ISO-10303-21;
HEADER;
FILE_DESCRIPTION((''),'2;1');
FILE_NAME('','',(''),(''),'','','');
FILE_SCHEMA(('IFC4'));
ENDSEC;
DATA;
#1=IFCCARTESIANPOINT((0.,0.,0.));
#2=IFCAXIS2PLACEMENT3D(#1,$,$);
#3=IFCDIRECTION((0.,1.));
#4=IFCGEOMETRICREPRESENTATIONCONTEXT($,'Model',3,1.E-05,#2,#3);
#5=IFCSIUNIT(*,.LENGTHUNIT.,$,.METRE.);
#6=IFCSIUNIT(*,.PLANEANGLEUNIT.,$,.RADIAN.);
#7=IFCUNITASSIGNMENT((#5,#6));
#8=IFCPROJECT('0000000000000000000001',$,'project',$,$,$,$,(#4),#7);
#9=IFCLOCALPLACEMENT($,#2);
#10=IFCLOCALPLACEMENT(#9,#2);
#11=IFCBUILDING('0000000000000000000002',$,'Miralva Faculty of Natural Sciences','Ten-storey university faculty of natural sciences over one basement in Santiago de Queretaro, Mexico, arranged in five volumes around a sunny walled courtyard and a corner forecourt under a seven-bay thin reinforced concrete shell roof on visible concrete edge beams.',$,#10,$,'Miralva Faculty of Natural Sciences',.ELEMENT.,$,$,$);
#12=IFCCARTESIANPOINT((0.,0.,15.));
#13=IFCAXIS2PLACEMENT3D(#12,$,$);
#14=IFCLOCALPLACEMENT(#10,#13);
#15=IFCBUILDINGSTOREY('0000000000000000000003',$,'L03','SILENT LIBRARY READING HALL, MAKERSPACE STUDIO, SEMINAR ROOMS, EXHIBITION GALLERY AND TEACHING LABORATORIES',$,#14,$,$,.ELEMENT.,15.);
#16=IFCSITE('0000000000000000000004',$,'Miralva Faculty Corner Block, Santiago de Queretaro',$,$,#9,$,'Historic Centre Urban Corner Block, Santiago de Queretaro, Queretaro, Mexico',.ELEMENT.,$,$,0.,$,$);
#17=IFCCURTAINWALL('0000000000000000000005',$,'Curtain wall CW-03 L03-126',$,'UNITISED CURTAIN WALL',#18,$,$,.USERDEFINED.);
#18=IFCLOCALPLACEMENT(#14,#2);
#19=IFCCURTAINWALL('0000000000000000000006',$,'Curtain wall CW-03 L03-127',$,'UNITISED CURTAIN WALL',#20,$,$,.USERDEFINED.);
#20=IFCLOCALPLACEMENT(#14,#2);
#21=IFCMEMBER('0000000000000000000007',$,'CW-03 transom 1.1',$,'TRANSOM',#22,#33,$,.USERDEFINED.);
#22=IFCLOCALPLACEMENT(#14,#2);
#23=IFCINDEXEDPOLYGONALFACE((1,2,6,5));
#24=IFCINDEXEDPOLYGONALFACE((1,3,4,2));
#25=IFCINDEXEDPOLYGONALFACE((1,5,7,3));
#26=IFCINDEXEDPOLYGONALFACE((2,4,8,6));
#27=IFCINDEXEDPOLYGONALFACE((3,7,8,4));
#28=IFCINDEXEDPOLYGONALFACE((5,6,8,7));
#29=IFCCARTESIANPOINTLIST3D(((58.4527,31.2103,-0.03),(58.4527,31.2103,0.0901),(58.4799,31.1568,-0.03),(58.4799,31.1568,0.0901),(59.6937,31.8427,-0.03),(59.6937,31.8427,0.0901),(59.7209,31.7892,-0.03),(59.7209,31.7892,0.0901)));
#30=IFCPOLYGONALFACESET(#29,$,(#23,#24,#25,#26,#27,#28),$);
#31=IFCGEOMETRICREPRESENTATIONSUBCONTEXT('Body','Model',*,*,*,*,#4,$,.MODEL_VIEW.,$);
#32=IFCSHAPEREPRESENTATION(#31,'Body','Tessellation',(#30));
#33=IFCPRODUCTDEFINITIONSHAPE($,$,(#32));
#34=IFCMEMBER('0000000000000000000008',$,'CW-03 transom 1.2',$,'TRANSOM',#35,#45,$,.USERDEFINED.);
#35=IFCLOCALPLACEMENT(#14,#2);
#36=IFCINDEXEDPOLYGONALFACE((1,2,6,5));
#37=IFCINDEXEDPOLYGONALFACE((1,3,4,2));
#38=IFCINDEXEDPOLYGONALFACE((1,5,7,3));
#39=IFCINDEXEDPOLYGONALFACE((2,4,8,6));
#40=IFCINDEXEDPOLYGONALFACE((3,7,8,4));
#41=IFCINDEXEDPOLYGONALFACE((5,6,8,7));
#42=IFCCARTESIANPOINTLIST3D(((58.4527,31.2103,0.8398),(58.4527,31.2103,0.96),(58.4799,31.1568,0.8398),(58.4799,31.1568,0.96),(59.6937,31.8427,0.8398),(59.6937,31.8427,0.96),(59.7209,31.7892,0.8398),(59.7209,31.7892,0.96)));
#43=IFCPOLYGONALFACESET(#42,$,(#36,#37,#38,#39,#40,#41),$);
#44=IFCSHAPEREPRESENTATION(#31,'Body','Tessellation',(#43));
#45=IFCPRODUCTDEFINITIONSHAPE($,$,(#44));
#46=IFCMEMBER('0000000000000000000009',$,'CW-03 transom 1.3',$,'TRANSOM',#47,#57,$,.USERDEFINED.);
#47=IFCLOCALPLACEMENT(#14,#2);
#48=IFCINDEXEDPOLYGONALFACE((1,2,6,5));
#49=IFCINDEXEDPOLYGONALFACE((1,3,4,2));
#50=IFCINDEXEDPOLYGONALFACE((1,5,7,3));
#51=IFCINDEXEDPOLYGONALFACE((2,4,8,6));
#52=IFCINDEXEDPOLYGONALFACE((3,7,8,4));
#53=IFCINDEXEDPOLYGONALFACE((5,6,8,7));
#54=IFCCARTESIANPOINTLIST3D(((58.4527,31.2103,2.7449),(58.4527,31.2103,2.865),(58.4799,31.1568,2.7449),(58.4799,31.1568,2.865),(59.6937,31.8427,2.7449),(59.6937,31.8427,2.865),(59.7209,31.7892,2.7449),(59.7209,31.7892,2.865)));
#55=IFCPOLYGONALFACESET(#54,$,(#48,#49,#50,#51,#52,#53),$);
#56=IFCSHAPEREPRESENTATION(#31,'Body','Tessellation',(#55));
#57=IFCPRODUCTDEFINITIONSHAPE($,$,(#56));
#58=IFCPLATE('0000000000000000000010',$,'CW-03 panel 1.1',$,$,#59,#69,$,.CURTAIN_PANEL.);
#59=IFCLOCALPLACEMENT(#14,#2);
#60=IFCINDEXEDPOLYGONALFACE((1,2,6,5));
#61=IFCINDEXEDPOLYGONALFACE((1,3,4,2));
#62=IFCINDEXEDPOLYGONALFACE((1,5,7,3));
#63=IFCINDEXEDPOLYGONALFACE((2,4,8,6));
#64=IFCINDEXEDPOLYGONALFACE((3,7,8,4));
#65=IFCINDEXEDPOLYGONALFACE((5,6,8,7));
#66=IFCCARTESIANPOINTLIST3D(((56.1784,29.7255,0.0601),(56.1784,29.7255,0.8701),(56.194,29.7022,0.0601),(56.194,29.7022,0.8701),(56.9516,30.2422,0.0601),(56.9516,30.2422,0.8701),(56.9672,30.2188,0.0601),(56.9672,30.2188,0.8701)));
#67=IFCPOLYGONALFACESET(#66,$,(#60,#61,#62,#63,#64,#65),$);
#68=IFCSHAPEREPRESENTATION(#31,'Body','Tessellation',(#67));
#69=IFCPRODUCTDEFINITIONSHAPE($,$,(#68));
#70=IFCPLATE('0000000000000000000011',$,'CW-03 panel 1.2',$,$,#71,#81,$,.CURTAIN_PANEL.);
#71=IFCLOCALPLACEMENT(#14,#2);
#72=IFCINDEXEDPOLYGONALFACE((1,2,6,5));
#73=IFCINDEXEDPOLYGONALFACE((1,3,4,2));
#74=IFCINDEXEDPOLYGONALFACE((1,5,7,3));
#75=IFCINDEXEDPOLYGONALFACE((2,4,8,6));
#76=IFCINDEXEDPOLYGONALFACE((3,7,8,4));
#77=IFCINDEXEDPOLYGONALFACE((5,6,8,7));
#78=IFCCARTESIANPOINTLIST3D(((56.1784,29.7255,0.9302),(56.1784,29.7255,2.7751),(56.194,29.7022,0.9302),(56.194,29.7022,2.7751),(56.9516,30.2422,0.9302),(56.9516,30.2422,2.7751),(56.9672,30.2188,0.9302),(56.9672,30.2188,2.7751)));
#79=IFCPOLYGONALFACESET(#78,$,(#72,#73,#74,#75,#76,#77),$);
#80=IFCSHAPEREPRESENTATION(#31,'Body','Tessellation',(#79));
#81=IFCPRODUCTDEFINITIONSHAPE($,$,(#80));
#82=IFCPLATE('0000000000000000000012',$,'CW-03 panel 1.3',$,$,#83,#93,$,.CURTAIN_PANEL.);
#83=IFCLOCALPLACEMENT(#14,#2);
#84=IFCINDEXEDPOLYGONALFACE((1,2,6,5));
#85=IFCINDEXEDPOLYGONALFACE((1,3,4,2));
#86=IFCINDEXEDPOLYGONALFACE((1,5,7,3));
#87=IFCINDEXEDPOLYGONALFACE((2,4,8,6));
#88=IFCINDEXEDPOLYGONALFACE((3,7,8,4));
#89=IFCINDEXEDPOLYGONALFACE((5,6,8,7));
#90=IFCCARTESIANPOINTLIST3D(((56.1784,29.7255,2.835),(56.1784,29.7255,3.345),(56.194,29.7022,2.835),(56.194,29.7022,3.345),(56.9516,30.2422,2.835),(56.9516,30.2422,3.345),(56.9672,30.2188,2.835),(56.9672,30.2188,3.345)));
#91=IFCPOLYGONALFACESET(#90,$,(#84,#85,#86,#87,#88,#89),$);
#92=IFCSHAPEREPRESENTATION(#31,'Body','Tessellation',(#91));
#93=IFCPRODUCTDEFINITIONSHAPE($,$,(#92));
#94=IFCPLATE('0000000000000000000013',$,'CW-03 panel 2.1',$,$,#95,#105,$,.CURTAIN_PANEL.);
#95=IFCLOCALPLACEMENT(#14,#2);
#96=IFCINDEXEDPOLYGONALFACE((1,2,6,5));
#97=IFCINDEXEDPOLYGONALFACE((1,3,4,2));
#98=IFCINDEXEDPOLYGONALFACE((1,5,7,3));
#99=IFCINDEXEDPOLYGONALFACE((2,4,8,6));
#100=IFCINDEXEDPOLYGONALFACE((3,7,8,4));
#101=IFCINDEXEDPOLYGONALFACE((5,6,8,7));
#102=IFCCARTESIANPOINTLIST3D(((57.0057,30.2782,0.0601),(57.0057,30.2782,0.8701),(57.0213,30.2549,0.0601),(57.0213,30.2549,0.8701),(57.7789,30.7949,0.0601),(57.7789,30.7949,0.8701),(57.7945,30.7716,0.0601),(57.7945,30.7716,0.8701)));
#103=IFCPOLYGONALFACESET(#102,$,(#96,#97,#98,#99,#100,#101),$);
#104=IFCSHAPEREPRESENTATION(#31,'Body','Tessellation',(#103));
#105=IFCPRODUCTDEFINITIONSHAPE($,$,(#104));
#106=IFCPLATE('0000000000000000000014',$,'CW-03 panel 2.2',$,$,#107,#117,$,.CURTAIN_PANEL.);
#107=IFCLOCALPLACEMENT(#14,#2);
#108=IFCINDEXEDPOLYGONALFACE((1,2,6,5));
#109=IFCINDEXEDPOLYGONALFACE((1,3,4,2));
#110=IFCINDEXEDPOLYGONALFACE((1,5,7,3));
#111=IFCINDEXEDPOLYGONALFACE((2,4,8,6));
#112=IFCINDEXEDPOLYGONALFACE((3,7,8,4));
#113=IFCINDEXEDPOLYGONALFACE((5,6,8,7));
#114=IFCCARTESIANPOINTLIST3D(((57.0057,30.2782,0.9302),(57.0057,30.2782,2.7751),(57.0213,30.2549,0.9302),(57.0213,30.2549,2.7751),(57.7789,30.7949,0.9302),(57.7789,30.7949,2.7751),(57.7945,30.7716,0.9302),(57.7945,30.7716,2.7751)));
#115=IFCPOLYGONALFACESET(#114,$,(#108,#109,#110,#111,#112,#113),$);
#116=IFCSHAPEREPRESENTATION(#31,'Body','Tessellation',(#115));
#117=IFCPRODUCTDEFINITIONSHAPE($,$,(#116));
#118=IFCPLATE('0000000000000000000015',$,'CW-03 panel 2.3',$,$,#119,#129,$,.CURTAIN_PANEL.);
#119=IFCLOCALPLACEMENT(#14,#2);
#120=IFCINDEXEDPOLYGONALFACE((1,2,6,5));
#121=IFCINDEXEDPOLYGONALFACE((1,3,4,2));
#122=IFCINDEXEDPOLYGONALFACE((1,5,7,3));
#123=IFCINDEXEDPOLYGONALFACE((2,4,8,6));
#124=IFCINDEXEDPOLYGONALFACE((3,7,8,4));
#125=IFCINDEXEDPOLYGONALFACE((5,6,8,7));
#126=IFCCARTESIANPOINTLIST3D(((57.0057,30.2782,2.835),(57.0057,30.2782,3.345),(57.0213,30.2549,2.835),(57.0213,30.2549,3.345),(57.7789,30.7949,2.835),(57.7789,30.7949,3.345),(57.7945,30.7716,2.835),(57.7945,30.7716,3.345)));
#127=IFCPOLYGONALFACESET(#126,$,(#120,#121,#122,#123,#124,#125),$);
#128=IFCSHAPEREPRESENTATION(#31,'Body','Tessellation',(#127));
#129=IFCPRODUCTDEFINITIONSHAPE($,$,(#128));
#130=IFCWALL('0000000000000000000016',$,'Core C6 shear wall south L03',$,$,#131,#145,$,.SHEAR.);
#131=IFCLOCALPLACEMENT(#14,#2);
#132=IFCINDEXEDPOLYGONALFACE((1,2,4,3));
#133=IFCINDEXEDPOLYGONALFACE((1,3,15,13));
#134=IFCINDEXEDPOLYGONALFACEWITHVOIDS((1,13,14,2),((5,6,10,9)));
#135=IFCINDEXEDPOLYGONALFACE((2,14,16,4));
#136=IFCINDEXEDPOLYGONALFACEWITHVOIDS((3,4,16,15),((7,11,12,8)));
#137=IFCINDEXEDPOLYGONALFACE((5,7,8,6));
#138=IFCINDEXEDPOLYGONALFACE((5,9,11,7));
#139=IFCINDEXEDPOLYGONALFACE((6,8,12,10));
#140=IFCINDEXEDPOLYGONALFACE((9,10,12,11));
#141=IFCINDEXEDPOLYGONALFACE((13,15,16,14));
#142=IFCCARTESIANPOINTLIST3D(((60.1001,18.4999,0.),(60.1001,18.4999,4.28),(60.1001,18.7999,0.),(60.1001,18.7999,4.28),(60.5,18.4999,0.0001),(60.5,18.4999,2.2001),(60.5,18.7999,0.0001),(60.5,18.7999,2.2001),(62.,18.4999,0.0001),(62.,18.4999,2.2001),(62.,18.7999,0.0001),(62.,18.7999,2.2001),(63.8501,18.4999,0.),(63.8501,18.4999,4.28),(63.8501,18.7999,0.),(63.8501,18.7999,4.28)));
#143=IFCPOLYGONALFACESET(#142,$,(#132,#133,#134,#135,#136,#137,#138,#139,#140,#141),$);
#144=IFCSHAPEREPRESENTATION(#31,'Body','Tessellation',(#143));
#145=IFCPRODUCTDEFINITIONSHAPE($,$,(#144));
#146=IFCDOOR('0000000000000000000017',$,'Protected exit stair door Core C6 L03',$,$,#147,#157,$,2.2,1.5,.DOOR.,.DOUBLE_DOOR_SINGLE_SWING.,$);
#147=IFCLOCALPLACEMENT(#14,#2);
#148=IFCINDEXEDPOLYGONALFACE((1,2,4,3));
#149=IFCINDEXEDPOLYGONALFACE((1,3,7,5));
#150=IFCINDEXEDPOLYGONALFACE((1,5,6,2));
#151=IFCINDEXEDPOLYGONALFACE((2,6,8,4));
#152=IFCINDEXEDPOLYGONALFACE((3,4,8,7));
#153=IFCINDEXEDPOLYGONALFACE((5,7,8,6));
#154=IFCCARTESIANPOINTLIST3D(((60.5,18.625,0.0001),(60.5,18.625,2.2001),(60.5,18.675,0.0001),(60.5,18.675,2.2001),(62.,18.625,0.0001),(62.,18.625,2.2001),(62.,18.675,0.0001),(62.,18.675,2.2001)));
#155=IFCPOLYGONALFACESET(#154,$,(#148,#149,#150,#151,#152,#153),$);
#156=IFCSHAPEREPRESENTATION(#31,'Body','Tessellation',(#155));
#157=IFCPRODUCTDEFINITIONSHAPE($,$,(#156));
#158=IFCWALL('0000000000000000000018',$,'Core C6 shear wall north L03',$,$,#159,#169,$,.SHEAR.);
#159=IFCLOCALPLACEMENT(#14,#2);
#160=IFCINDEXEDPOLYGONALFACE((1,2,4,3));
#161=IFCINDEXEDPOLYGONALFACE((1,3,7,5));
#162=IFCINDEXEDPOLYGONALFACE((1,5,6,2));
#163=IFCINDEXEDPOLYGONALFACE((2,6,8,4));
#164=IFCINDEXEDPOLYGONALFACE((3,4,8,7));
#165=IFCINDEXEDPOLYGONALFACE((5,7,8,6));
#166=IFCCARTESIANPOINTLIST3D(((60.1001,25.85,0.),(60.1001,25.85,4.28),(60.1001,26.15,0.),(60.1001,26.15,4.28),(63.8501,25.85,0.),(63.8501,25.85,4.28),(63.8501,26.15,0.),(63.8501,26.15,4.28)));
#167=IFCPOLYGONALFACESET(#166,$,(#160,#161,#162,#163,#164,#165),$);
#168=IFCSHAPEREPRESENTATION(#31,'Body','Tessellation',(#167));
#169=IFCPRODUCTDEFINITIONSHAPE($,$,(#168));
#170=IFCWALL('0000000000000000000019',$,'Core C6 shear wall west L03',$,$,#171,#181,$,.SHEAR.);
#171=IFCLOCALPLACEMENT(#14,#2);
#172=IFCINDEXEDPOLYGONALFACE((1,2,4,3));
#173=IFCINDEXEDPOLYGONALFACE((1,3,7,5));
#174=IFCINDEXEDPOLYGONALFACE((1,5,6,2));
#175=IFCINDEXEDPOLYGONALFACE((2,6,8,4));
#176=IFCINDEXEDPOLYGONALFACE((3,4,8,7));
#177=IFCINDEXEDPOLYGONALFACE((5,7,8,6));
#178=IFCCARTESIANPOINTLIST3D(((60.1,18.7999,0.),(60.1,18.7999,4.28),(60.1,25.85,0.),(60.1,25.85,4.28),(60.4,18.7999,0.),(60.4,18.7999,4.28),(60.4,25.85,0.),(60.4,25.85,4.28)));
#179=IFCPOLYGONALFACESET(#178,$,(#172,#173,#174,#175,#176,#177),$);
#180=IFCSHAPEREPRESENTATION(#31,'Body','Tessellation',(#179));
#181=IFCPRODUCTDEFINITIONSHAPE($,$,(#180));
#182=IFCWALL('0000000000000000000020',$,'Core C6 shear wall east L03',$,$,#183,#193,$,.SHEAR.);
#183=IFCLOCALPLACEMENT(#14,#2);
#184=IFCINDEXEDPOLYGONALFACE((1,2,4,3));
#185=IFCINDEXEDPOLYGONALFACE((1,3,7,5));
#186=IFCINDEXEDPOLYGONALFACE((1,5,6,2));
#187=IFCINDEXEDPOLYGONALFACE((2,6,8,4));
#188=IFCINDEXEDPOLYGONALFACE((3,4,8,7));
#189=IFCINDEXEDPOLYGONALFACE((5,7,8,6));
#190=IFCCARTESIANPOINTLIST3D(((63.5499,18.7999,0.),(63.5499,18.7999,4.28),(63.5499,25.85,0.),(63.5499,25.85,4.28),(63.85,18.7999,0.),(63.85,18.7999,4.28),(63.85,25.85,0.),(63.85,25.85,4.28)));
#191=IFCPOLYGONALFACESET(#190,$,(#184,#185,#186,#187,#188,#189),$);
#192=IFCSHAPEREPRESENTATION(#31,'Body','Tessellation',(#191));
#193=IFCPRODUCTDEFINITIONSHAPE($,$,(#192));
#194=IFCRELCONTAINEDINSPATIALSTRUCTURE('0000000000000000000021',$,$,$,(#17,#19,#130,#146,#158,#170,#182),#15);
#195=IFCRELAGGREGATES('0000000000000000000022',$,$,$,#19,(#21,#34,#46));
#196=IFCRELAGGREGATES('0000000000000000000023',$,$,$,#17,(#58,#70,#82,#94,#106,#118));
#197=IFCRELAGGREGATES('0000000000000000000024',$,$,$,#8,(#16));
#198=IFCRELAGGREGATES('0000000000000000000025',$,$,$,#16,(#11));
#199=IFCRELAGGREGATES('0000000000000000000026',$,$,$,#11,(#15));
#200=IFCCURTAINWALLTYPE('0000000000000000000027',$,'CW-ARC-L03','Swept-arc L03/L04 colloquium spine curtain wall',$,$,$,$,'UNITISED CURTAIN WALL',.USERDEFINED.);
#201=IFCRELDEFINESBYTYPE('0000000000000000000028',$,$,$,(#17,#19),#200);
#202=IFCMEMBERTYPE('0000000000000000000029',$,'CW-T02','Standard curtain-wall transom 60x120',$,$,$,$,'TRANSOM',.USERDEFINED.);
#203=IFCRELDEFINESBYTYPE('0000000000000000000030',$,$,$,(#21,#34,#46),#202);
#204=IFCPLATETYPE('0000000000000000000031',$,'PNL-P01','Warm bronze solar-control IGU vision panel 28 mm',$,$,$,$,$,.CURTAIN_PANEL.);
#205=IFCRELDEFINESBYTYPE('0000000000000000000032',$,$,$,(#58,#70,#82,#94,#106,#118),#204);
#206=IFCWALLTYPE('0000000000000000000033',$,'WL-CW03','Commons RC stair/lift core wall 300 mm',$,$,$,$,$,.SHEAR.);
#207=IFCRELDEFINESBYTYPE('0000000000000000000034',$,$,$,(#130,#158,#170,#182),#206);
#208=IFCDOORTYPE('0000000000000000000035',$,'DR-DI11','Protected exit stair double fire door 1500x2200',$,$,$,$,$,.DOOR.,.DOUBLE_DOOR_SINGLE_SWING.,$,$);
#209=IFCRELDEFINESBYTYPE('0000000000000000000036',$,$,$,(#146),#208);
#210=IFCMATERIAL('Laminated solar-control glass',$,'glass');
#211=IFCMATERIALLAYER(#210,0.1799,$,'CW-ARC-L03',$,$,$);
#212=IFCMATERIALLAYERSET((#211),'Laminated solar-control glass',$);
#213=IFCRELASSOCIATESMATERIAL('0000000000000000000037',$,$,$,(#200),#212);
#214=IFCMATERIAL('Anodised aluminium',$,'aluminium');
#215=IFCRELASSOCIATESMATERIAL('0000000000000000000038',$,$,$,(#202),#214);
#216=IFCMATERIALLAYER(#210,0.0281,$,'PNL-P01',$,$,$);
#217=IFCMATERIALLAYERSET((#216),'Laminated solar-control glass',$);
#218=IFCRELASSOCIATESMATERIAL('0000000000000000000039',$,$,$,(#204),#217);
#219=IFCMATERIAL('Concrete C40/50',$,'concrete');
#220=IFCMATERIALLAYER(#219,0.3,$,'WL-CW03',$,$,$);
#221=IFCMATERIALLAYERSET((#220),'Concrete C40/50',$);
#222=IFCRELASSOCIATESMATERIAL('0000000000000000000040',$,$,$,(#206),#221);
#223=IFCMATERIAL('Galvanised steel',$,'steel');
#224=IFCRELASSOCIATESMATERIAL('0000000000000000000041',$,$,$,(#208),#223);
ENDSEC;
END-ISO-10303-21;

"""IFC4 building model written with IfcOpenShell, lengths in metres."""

from ifc_helpers import new_model, si_unit, direction, frame, frame_2d, origin, origin_2d, place, context, subcontext, project, spatial, rectangle, extrude, material, layer, layer_set, material_profile, profile_set, type_object, element, fill, aggregate, save


model = new_model("IFC4")

# Units and contexts
model_context = context("Model", 3, precision=1e-05, world=origin(), true_north=direction((0.0, 1.0)))
body_context = subcontext(model_context, "Body", "Model", "MODEL_VIEW")
ifc_project = project(units=[si_unit("LENGTHUNIT", "METRE"), si_unit("PLANEANGLEUNIT", "RADIAN")], contexts=[model_context])

# Site, building, storey
site_placement = place(None, origin())
site = spatial("IfcSite", under=ifc_project, at=site_placement, Name="Miralva Faculty Corner Block, Santiago de Queretaro", LongName="Historic Centre Urban Corner Block, Santiago de Queretaro, Queretaro, Mexico", CompositionType="ELEMENT", RefElevation=0.0)
building_placement = place(site_placement, origin())
building = spatial("IfcBuilding", under=site, at=building_placement, Name="Miralva Faculty of Natural Sciences", Description="Ten-storey university faculty of natural sciences over one basement in Santiago de Queretaro, Mexico, arranged in five volumes around a sunny walled courtyard and a corner forecourt under a seven-bay thin reinforced concrete shell roof on visible concrete edge beams.", LongName="Miralva Faculty of Natural Sciences", CompositionType="ELEMENT")
storey_placement = place(building_placement, frame((0.0, 0.0, 15.0)))
storey = spatial("IfcBuildingStorey", under=building, at=storey_placement, Name="L03", Description="SILENT LIBRARY READING HALL, MAKERSPACE STUDIO, SEMINAR ROOMS, EXHIBITION GALLERY AND TEACHING LABORATORIES", CompositionType="ELEMENT", Elevation=15.0)

# Shared definitions
ifc_material_1 = material(Name="Concrete C40/50", Category="concrete")

# Curtain wall
ifc_material_2 = material(Name="Laminated solar-control glass", Category="glass")
ifc_layer_1 = layer(ifc_material_2, 0.1799, Name="CW-ARC-L03")
ifc_layer_set_1 = layer_set([ifc_layer_1], Name="Laminated solar-control glass")
curtain_wall_type = type_object("IfcCurtainWallType", Name="CW-ARC-L03", Description="Swept-arc L03/L04 colloquium spine curtain wall", ElementType="UNITISED CURTAIN WALL", PredefinedType="USERDEFINED", material=ifc_layer_set_1)
curtain_wall_1_placement = place(storey_placement, origin())
curtain_wall_1 = element("IfcCurtainWall", 1, at=curtain_wall_1_placement, inside=storey, type_object=curtain_wall_type, Name="Curtain wall CW-03 L03-126", ObjectType="UNITISED CURTAIN WALL", PredefinedType="USERDEFINED")
ifc_material_3 = material(Name="Anodised aluminium", Category="aluminium")

# Curtain wall
curtain_wall_2_placement = place(storey_placement, origin())
curtain_wall_2 = element("IfcCurtainWall", 2, at=curtain_wall_2_placement, inside=storey, type_object=curtain_wall_type, Name="Curtain wall CW-03 L03-127", ObjectType="UNITISED CURTAIN WALL", PredefinedType="USERDEFINED")

# Members
ifc_material_profile_1 = material_profile(ifc_material_3, rectangle(XDim=0.0601, YDim=0.1201, at=origin_2d()), Name="TRANSOM 60x120")
ifc_profile_set_1 = profile_set([ifc_material_profile_1], Name="Anodised aluminium")
member_type_1 = type_object("IfcMemberType", Name="CW-T02", Description="Standard curtain-wall transom 60x120", ElementType="TRANSOM", PredefinedType="USERDEFINED", material=ifc_profile_set_1)
member_1_placement = place(storey_placement, frame((58.4663, 31.1836, 0.03), z_axis=(0.891001, 0.454002, 0.0), x_axis=(-0.454002, 0.891001, 0.0)))
member_1 = element("IfcMember", 3, at=member_1_placement, type_object=member_type_1, Name="CW-03 transom 1.1", ObjectType="TRANSOM", PredefinedType="USERDEFINED", context=body_context, shape_type="SweptSolid", body=[
    extrude(rectangle(XDim=0.0601, YDim=0.1201, at=origin_2d()), origin(), (0.0, 0.0, 1.0), 1.3928),
])
member_2_placement = place(storey_placement, frame((58.4663, 31.1836, 0.8999), z_axis=(0.891001, 0.454002, 0.0), x_axis=(-0.454002, 0.891001, 0.0)))
member_2 = element("IfcMember", 4, at=member_2_placement, type_object=member_type_1, Name="CW-03 transom 1.2", ObjectType="TRANSOM", PredefinedType="USERDEFINED", context=body_context, shape_type="SweptSolid", body=[
    extrude(rectangle(XDim=0.0601, YDim=0.1201, at=origin_2d()), origin(), (0.0, 0.0, 1.0), 1.3928),
])
member_3_placement = place(storey_placement, frame((58.4663, 31.1836, 2.8049), z_axis=(0.891001, 0.454002, 0.0), x_axis=(-0.454002, 0.891001, 0.0)))
member_3 = element("IfcMember", 5, at=member_3_placement, type_object=member_type_1, Name="CW-03 transom 1.3", ObjectType="TRANSOM", PredefinedType="USERDEFINED", context=body_context, shape_type="SweptSolid", body=[
    extrude(rectangle(XDim=0.0601, YDim=0.1201, at=origin_2d()), origin(), (0.0, 0.0, 1.0), 1.3928),
])
aggregate(curtain_wall_2, [member_1, member_2, member_3])

# Plates
ifc_layer_2 = layer(ifc_material_2, 0.0281, Name="PNL-P01")
ifc_layer_set_2 = layer_set([ifc_layer_2], Name="Laminated solar-control glass")
plate_type = type_object("IfcPlateType", Name="PNL-P01", Description="Warm bronze solar-control IGU vision panel 28 mm", PredefinedType="CURTAIN_PANEL", material=ifc_layer_set_2)
plate_1_placement = place(storey_placement, frame((56.5728, 29.9722, 0.0601), z_axis=(0.0, 0.0, 1.0), x_axis=(0.831458, 0.555587, 0.0)))
plate_1 = element("IfcPlate", 6, at=plate_1_placement, type_object=plate_type, Name="CW-03 panel 1.1", PredefinedType="CURTAIN_PANEL", context=body_context, shape_type="SweptSolid", body=[
    extrude(rectangle(XDim=0.9299, YDim=0.0281, at=origin_2d()), origin(), (0.0, 0.0, 1.0), 0.8101),
])
plate_2_placement = place(storey_placement, frame((56.5728, 29.9722, 0.9302), z_axis=(0.0, 0.0, 1.0), x_axis=(0.831458, 0.555587, 0.0)))
plate_2 = element("IfcPlate", 7, at=plate_2_placement, type_object=plate_type, Name="CW-03 panel 1.2", PredefinedType="CURTAIN_PANEL", context=body_context, shape_type="SweptSolid", body=[
    extrude(rectangle(XDim=0.9299, YDim=0.0281, at=origin_2d()), origin(), (0.0, 0.0, 1.0), 1.845),
])
plate_3_placement = place(storey_placement, frame((56.5728, 29.9722, 2.835), z_axis=(0.0, 0.0, 1.0), x_axis=(0.831458, 0.555587, 0.0)))
plate_3 = element("IfcPlate", 8, at=plate_3_placement, type_object=plate_type, Name="CW-03 panel 1.3", PredefinedType="CURTAIN_PANEL", context=body_context, shape_type="SweptSolid", body=[
    extrude(rectangle(XDim=0.9299, YDim=0.0281, at=origin_2d()), origin(), (0.0, 0.0, 1.0), 0.51),
])
plate_4_placement = place(storey_placement, frame((57.4001, 30.5249, 0.0601), z_axis=(0.0, 0.0, 1.0), x_axis=(0.831458, 0.555587, 0.0)))
plate_4 = element("IfcPlate", 9, at=plate_4_placement, type_object=plate_type, Name="CW-03 panel 2.1", PredefinedType="CURTAIN_PANEL", context=body_context, shape_type="SweptSolid", body=[
    extrude(rectangle(XDim=0.9299, YDim=0.0281, at=origin_2d()), origin(), (0.0, 0.0, 1.0), 0.8101),
])
plate_5_placement = place(storey_placement, frame((57.4001, 30.5249, 0.9302), z_axis=(0.0, 0.0, 1.0), x_axis=(0.831458, 0.555587, 0.0)))
plate_5 = element("IfcPlate", 10, at=plate_5_placement, type_object=plate_type, Name="CW-03 panel 2.2", PredefinedType="CURTAIN_PANEL", context=body_context, shape_type="SweptSolid", body=[
    extrude(rectangle(XDim=0.9299, YDim=0.0281, at=origin_2d()), origin(), (0.0, 0.0, 1.0), 1.845),
])
plate_6_placement = place(storey_placement, frame((57.4001, 30.5249, 2.835), z_axis=(0.0, 0.0, 1.0), x_axis=(0.831458, 0.555587, 0.0)))
plate_6 = element("IfcPlate", 11, at=plate_6_placement, type_object=plate_type, Name="CW-03 panel 2.3", PredefinedType="CURTAIN_PANEL", context=body_context, shape_type="SweptSolid", body=[
    extrude(rectangle(XDim=0.9299, YDim=0.0281, at=origin_2d()), origin(), (0.0, 0.0, 1.0), 0.51),
])
aggregate(curtain_wall_1, [plate_1, plate_2, plate_3, plate_4, plate_5, plate_6])

# Wall, opening, door
ifc_layer_3 = layer(ifc_material_1, 0.3, Name="WL-CW03")
ifc_layer_set_3 = layer_set([ifc_layer_3], Name="Concrete C40/50")
wall_type = type_object("IfcWallType", Name="WL-CW03", Description="Commons RC stair/lift core wall 300 mm", PredefinedType="SHEAR", material=ifc_layer_set_3)
wall_1_placement = place(storey_placement, frame((60.1001, 18.6499, 0.0), z_axis=(0.0, 0.0, 1.0), x_axis=(1.0, 0.0, 0.0)))
wall_1 = element("IfcWall", 12, at=wall_1_placement, inside=storey, type_object=wall_type, Name="Core C6 shear wall south L03", PredefinedType="SHEAR", context=body_context, shape_type="SweptSolid", body=[
    extrude(rectangle(XDim=3.75, YDim=0.3, at=frame_2d((1.875, 0.0))), origin(), (0.0, 0.0, 1.0), 4.28),
])
opening_placement = place(wall_1_placement, frame((0.3999, 0.0, 0.0)))
opening = element("IfcOpeningElement", 13, at=opening_placement, cuts=wall_1, PredefinedType="OPENING", context=body_context, shape_type="SweptSolid", body=[
    extrude(rectangle(XDim=1.5, YDim=2.2, at=frame_2d((0.75, 1.1001))), frame((0.0, 0.1599, 0.0), z_axis=(0.0, -1.0, 0.0), x_axis=(1.0, 0.0, 0.0)), (0.0, 0.0, 1.0), 0.3201),
])
ifc_material_4 = material(Name="Galvanised steel", Category="steel")
door_type = type_object("IfcDoorType", Name="DR-DI11", Description="Protected exit stair double fire door 1500x2200", OperationType="DOUBLE_DOOR_SINGLE_SWING", PredefinedType="DOOR", material=ifc_material_4)
door_placement = place(opening_placement, frame((1.5, 0.0, 0.0), z_axis=(0.0, 0.0, 1.0), x_axis=(-1.0, 0.0, 0.0)))
door = element("IfcDoor", 14, at=door_placement, inside=storey, type_object=door_type, Name="Protected exit stair door Core C6 L03", OperationType="DOUBLE_DOOR_SINGLE_SWING", OverallHeight=2.2, OverallWidth=1.5, PredefinedType="DOOR", context=body_context, shape_type="SweptSolid", body=[
    extrude(rectangle(XDim=1.5, YDim=2.2, at=frame_2d((0.75, 1.1001))), frame((0.0, 0.0249, 0.0), z_axis=(0.0, -1.0, 0.0), x_axis=(1.0, 0.0, 0.0)), (0.0, 0.0, 1.0), 0.05),
])
fill(opening, door)

# Walls
wall_2_placement = place(storey_placement, frame((60.1001, 26.0, 0.0), z_axis=(0.0, 0.0, 1.0), x_axis=(1.0, 0.0, 0.0)))
element("IfcWall", 15, at=wall_2_placement, inside=storey, type_object=wall_type, Name="Core C6 shear wall north L03", PredefinedType="SHEAR", context=body_context, shape_type="SweptSolid", body=[
    extrude(rectangle(XDim=3.75, YDim=0.3, at=frame_2d((1.875, 0.0))), origin(), (0.0, 0.0, 1.0), 4.28),
])
for number, where, z_axis, x_axis, name in (
    (16, (60.25, 18.8, 0.0), (0.0, 0.0, 1.0), (0.0, 1.0, 0.0), "Core C6 shear wall west L03"),
    (17, (63.7, 18.8, 0.0), (0.0, 0.0, 1.0), (0.0, 1.0, 0.0), "Core C6 shear wall east L03"),
):
    element("IfcWall", number, at=place(storey_placement, frame(where, z_axis=z_axis, x_axis=x_axis)), inside=storey, type_object=wall_type, Name=name, PredefinedType="SHEAR", context=body_context, shape_type="SweptSolid", body=[
        extrude(rectangle(XDim=7.05, YDim=0.3, at=frame_2d((3.5249, 0.0))), origin(), (0.0, 0.0, 1.0), 4.28),
    ])

save(model, "model.ifc")
